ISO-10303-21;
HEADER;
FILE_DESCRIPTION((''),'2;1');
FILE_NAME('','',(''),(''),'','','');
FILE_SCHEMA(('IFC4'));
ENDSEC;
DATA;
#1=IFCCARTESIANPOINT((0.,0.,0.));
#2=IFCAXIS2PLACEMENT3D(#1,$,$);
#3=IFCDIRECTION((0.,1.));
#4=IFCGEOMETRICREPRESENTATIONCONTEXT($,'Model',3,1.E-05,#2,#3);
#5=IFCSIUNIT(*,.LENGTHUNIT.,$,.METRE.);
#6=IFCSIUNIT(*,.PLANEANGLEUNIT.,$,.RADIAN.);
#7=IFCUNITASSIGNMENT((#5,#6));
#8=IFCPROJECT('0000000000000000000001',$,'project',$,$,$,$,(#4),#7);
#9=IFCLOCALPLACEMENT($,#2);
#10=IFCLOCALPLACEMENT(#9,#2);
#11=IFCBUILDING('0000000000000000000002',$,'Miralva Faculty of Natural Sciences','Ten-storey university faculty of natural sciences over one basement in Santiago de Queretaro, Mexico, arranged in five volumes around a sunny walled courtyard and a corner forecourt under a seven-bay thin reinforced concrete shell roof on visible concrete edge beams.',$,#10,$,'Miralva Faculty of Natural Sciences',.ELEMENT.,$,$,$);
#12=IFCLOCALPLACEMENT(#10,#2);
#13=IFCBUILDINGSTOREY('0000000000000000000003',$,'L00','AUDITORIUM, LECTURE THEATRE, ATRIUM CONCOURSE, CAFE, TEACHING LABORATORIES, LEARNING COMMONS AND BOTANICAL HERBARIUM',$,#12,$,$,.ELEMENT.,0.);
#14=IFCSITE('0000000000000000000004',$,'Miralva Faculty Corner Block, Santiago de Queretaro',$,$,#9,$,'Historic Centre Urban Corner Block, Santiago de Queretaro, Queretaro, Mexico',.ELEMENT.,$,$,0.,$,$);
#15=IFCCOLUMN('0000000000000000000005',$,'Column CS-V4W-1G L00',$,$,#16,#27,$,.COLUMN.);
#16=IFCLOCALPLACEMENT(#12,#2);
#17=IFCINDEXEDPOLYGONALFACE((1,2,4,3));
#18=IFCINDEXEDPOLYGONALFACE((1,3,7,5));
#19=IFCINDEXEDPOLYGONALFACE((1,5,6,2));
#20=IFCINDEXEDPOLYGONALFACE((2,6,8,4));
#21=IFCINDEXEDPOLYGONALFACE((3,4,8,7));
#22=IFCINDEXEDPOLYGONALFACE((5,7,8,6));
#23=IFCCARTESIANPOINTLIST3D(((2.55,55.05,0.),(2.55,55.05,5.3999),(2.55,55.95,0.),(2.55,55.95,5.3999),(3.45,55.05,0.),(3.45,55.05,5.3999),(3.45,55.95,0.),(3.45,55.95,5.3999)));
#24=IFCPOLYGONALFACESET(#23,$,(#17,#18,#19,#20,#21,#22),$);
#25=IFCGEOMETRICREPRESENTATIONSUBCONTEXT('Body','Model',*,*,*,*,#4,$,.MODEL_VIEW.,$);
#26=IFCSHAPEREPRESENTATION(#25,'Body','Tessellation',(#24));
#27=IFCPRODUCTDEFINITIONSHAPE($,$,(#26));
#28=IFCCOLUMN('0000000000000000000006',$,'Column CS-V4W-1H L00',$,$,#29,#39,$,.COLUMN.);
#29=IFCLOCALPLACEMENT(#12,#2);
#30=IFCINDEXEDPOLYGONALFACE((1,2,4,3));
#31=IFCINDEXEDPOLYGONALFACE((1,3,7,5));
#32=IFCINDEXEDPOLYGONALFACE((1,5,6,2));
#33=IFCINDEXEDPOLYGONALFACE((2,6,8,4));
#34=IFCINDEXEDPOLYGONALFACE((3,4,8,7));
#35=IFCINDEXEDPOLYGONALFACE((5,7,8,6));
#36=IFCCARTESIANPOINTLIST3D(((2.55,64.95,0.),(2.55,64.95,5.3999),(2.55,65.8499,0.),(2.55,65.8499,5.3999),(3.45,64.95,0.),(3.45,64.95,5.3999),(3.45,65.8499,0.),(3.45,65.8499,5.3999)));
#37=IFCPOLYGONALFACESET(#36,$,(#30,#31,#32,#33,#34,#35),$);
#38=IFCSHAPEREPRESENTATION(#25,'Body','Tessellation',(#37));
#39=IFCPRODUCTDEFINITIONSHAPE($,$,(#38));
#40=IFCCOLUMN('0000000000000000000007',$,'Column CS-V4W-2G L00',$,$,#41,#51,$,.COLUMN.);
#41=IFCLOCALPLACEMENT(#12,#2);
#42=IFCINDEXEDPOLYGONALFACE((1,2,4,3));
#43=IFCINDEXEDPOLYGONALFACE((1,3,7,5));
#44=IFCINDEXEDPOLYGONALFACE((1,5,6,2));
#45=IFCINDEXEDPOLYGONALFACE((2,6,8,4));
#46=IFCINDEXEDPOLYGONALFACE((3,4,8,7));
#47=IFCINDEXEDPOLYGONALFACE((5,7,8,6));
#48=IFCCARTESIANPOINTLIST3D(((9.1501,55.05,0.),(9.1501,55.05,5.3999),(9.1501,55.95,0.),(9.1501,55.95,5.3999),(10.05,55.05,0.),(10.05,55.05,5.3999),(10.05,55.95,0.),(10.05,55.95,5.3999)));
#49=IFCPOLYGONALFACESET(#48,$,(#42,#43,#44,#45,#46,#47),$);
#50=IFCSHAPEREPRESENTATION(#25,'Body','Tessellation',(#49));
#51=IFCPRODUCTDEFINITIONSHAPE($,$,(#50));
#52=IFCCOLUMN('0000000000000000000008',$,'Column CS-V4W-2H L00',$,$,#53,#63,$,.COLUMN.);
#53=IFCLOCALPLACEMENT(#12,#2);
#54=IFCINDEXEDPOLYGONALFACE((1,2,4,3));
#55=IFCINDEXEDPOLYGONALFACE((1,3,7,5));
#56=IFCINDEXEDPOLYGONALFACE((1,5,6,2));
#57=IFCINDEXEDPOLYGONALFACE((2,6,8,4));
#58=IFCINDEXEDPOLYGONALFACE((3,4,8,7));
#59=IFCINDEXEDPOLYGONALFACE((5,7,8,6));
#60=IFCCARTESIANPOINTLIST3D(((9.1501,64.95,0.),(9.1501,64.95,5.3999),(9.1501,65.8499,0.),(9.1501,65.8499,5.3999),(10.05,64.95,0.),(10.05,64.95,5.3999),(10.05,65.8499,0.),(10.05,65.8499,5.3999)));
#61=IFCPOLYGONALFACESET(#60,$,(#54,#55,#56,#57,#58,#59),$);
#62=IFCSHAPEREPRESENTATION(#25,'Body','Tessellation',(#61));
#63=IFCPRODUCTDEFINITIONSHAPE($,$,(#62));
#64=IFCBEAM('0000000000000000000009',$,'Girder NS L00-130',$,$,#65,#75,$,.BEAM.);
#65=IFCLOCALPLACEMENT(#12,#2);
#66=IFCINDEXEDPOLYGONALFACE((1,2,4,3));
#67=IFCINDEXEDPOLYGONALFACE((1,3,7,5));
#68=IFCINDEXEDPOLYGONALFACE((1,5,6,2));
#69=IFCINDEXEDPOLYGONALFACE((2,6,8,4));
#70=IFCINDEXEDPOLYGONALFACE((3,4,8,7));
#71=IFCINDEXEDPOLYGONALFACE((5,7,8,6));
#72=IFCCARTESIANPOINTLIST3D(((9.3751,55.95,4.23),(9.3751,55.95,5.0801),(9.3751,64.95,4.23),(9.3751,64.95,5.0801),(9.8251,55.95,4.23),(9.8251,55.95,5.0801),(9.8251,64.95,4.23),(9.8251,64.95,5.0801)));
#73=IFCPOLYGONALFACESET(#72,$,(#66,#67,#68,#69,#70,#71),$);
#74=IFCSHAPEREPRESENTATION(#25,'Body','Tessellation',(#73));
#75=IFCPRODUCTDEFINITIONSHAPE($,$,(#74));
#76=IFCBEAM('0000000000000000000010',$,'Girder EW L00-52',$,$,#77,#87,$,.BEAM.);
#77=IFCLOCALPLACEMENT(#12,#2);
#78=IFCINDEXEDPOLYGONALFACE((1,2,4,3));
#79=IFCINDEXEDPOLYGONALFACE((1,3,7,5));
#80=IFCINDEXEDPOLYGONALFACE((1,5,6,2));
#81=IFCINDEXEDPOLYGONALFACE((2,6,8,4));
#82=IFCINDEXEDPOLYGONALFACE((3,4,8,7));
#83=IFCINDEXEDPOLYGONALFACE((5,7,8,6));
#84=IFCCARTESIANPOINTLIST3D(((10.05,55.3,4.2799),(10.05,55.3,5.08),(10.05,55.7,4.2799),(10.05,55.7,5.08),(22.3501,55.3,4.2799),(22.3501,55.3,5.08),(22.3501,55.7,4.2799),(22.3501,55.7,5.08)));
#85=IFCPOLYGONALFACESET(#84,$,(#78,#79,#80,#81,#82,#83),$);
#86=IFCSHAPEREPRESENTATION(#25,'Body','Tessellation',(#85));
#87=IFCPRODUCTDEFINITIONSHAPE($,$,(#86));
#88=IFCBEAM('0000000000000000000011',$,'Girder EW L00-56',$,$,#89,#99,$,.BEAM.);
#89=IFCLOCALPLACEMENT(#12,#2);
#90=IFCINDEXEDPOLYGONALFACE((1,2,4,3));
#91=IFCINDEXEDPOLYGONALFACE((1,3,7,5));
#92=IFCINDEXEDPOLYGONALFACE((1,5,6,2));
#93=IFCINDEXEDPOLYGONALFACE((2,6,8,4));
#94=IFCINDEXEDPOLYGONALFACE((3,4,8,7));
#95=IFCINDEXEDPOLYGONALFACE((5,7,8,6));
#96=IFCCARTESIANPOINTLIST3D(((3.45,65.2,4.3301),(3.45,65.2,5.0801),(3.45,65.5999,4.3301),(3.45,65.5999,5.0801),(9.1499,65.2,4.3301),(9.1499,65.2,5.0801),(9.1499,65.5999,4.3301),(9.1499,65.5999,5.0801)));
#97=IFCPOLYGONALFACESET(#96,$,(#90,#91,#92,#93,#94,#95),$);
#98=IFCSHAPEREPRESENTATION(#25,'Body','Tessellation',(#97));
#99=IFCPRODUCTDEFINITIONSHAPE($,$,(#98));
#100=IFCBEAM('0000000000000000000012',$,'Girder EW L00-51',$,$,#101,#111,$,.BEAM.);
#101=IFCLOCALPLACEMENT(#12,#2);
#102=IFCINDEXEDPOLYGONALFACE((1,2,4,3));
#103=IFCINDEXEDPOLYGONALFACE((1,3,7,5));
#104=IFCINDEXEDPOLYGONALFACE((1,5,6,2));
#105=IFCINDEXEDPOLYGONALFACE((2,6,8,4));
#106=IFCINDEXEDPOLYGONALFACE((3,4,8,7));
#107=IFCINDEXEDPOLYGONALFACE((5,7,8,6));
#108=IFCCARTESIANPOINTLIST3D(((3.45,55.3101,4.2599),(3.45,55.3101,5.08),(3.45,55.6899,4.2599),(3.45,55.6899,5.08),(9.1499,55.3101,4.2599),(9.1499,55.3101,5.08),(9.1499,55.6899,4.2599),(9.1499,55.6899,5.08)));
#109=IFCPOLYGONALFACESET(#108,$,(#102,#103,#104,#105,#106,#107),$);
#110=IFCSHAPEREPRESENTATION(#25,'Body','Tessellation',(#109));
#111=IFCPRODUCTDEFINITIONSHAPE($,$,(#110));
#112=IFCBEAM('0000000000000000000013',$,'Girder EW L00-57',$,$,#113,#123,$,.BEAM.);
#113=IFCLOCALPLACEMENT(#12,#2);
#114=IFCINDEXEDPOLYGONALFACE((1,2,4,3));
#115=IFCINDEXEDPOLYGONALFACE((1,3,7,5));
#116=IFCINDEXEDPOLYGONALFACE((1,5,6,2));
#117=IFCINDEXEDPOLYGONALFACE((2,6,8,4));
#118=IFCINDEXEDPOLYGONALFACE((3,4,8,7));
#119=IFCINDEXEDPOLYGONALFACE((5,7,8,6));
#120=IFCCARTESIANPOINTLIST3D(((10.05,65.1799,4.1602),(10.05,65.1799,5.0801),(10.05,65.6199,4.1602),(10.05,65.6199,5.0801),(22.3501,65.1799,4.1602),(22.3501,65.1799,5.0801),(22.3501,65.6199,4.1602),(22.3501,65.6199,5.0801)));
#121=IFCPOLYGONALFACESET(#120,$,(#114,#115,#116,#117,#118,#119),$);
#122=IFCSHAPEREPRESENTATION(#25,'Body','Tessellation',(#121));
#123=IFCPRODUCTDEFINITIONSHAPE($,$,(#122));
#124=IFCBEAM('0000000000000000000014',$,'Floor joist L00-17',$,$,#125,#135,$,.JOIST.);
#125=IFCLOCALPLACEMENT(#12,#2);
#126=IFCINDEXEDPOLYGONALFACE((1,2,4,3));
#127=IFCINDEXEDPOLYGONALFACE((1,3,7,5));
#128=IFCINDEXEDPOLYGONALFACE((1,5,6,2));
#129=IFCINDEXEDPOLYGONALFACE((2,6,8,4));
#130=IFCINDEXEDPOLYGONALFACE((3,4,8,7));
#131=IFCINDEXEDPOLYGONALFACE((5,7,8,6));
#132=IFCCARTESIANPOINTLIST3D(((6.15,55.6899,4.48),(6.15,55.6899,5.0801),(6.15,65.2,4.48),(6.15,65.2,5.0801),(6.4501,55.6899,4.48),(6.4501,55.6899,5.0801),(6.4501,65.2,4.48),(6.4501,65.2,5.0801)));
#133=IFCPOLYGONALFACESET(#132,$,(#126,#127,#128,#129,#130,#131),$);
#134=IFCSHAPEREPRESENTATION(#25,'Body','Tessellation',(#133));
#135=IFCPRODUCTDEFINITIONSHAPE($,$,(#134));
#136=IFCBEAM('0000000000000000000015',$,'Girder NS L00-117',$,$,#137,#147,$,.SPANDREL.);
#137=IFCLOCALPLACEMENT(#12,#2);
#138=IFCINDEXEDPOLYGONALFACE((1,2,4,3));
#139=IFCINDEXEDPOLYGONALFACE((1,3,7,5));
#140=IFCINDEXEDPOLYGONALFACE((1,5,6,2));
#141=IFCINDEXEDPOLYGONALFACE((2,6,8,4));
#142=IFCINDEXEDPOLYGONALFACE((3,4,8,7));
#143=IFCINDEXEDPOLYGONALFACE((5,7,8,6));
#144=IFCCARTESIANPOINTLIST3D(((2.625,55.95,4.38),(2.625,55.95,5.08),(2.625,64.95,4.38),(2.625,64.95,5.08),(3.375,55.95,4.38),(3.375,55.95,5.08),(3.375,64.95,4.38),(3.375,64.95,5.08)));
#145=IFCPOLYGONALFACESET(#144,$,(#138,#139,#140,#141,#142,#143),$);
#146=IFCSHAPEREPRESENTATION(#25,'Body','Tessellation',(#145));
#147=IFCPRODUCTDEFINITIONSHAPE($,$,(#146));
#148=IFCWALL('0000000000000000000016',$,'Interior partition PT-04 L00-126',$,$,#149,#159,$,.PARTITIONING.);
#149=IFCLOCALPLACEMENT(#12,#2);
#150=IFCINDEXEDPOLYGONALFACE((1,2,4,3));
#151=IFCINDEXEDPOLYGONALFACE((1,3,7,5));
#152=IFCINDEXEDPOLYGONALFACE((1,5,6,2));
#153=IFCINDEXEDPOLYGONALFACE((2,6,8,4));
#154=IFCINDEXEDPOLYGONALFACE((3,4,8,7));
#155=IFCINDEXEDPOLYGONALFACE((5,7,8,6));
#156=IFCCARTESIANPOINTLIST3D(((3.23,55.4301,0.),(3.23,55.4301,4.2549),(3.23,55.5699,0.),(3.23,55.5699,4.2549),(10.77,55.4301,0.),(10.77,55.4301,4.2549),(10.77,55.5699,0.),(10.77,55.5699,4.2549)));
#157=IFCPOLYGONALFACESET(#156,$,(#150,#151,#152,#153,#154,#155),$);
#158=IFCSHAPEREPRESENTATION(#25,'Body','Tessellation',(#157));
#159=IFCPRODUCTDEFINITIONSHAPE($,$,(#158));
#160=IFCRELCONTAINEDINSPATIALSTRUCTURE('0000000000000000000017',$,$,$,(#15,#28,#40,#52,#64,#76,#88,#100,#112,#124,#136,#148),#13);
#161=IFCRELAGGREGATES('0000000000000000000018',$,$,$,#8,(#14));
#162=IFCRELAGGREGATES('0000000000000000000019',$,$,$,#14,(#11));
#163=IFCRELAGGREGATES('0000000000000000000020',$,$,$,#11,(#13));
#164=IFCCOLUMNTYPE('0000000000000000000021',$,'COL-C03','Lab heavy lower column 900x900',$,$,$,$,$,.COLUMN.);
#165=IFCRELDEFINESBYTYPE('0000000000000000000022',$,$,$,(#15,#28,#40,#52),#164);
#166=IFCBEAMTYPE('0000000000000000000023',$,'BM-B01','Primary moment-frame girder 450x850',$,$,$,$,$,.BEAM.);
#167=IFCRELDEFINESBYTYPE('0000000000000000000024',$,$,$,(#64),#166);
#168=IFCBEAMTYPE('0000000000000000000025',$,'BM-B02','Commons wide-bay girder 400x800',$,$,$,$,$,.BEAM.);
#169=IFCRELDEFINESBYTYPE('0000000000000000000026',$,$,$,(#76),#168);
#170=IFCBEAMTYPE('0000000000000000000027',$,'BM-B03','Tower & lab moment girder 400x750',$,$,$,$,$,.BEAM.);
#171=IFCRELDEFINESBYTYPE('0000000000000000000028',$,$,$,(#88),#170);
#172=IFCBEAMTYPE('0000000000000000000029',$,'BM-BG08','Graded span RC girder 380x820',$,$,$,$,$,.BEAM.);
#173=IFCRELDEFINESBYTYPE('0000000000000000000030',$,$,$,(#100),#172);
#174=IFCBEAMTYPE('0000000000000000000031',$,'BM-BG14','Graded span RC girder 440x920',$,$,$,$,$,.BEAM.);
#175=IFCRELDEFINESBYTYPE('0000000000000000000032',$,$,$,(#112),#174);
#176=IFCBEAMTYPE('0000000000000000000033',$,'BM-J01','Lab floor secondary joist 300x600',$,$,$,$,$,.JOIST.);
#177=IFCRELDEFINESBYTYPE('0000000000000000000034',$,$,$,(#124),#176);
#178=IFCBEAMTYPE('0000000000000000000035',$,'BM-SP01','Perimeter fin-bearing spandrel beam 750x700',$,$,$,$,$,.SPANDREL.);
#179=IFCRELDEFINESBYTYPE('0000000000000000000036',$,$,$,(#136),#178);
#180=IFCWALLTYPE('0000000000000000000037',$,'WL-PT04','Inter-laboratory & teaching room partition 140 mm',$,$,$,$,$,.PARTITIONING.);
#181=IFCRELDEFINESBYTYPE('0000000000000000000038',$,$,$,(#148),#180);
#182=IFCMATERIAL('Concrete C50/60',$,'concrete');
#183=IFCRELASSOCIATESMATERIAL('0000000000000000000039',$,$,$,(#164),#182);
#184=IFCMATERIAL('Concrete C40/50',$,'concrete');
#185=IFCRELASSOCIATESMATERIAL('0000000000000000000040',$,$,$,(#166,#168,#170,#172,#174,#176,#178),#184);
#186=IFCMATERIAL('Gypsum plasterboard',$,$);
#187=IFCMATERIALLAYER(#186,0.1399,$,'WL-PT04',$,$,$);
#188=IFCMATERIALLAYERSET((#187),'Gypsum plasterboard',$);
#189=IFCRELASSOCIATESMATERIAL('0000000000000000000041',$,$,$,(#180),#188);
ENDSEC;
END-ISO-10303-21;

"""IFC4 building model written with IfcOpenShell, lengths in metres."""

from ifc_helpers import new_model, si_unit, direction, frame, frame_2d, origin, origin_2d, place, context, subcontext, project, spatial, rectangle, extrude, material, layer, layer_set, material_profile, profile_set, type_object, element, save


model = new_model("IFC4")

# Units and contexts
model_context = context("Model", 3, precision=1e-05, world=origin(), true_north=direction((0.0, 1.0)))
body_context = subcontext(model_context, "Body", "Model", "MODEL_VIEW")
ifc_project = project(units=[si_unit("LENGTHUNIT", "METRE"), si_unit("PLANEANGLEUNIT", "RADIAN")], contexts=[model_context])

# Site, building, storey
site_placement = place(None, origin())
site = spatial("IfcSite", under=ifc_project, at=site_placement, Name="Miralva Faculty Corner Block, Santiago de Queretaro", LongName="Historic Centre Urban Corner Block, Santiago de Queretaro, Queretaro, Mexico", CompositionType="ELEMENT", RefElevation=0.0)
building_placement = place(site_placement, origin())
building = spatial("IfcBuilding", under=site, at=building_placement, Name="Miralva Faculty of Natural Sciences", Description="Ten-storey university faculty of natural sciences over one basement in Santiago de Queretaro, Mexico, arranged in five volumes around a sunny walled courtyard and a corner forecourt under a seven-bay thin reinforced concrete shell roof on visible concrete edge beams.", LongName="Miralva Faculty of Natural Sciences", CompositionType="ELEMENT")
storey_placement = place(building_placement, origin())
storey = spatial("IfcBuildingStorey", under=building, at=storey_placement, Name="L00", Description="AUDITORIUM, LECTURE THEATRE, ATRIUM CONCOURSE, CAFE, TEACHING LABORATORIES, LEARNING COMMONS AND BOTANICAL HERBARIUM", CompositionType="ELEMENT", Elevation=0.0)

# Columns
ifc_material_1 = material(Name="Concrete C50/60", Category="concrete")
ifc_material_profile_1 = material_profile(ifc_material_1, rectangle(XDim=0.8999, YDim=0.8999, at=origin_2d()), Name="RC 900x900")
ifc_profile_set_1 = profile_set([ifc_material_profile_1], Name="Concrete C50/60")
column_type = type_object("IfcColumnType", Name="COL-C03", Description="Lab heavy lower column 900x900", PredefinedType="COLUMN", material=ifc_profile_set_1)
for number, where, z_axis, x_axis, name in (
    (1, (3.0, 55.5, 0.0), (0.0, 0.0, 1.0), (1.0, 0.0, 0.0), "Column CS-V4W-1G L00"),
    (2, (3.0, 65.3999, 0.0), (0.0, 0.0, 1.0), (1.0, 0.0, 0.0), "Column CS-V4W-1H L00"),
    (3, (9.6001, 55.5, 0.0), (0.0, 0.0, 1.0), (1.0, 0.0, 0.0), "Column CS-V4W-2G L00"),
    (4, (9.6001, 65.3999, 0.0), (0.0, 0.0, 1.0), (1.0, 0.0, 0.0), "Column CS-V4W-2H L00"),
):
    element("IfcColumn", number, at=place(storey_placement, frame(where, z_axis=z_axis, x_axis=x_axis)), inside=storey, type_object=column_type, Name=name, PredefinedType="COLUMN", context=body_context, shape_type="SweptSolid", body=[
        extrude(rectangle(XDim=0.8999, YDim=0.8999, at=origin_2d()), origin(), (0.0, 0.0, 1.0), 5.3999),
    ])

# Beams
ifc_material_2 = material(Name="Concrete C40/50", Category="concrete")
ifc_material_profile_2 = material_profile(ifc_material_2, rectangle(XDim=0.45, YDim=0.8501, at=origin_2d()), Name="RC 450x850")
ifc_profile_set_2 = profile_set([ifc_material_profile_2], Name="Concrete C40/50")
beam_type_1 = type_object("IfcBeamType", Name="BM-B01", Description="Primary moment-frame girder 450x850", PredefinedType="BEAM", material=ifc_profile_set_2)
beam_1_placement = place(storey_placement, frame((9.6001, 55.95, 4.655), z_axis=(0.0, 1.0, 0.0), x_axis=(-1.0, 0.0, 0.0)))
element("IfcBeam", 5, at=beam_1_placement, inside=storey, type_object=beam_type_1, Name="Girder NS L00-130", PredefinedType="BEAM", context=body_context, shape_type="SweptSolid", body=[
    extrude(rectangle(XDim=0.45, YDim=0.8501, at=origin_2d()), origin(), (0.0, 0.0, 1.0), 9.0),
])
ifc_material_profile_3 = material_profile(ifc_material_2, rectangle(XDim=0.3999, YDim=0.8, at=origin_2d()), Name="RC 400x800")
ifc_profile_set_3 = profile_set([ifc_material_profile_3], Name="Concrete C40/50")
beam_type_2 = type_object("IfcBeamType", Name="BM-B02", Description="Commons wide-bay girder 400x800", PredefinedType="BEAM", material=ifc_profile_set_3)
beam_2_placement = place(storey_placement, frame((10.05, 55.5, 4.6799), z_axis=(1.0, 0.0, 0.0), x_axis=(0.0, 1.0, 0.0)))
element("IfcBeam", 6, at=beam_2_placement, inside=storey, type_object=beam_type_2, Name="Girder EW L00-52", PredefinedType="BEAM", context=body_context, shape_type="SweptSolid", body=[
    extrude(rectangle(XDim=0.3999, YDim=0.8, at=origin_2d()), origin(), (0.0, 0.0, 1.0), 12.3),
])
ifc_material_profile_4 = material_profile(ifc_material_2, rectangle(XDim=0.3999, YDim=0.75, at=origin_2d()), Name="RC 400x750")
ifc_profile_set_4 = profile_set([ifc_material_profile_4], Name="Concrete C40/50")
beam_type_3 = type_object("IfcBeamType", Name="BM-B03", Description="Tower & lab moment girder 400x750", PredefinedType="BEAM", material=ifc_profile_set_4)
beam_3_placement = place(storey_placement, frame((3.45, 65.3999, 4.7051), z_axis=(1.0, 0.0, 0.0), x_axis=(0.0, 1.0, 0.0)))
element("IfcBeam", 7, at=beam_3_placement, inside=storey, type_object=beam_type_3, Name="Girder EW L00-56", PredefinedType="BEAM", context=body_context, shape_type="SweptSolid", body=[
    extrude(rectangle(XDim=0.3999, YDim=0.75, at=origin_2d()), origin(), (0.0, 0.0, 1.0), 5.7),
])
ifc_material_profile_5 = material_profile(ifc_material_2, rectangle(XDim=0.3799, YDim=0.8201, at=origin_2d()), Name="RC 380x820")
ifc_profile_set_5 = profile_set([ifc_material_profile_5], Name="Concrete C40/50")
beam_type_4 = type_object("IfcBeamType", Name="BM-BG08", Description="Graded span RC girder 380x820", PredefinedType="BEAM", material=ifc_profile_set_5)
beam_4_placement = place(storey_placement, frame((3.45, 55.5, 4.6699), z_axis=(1.0, 0.0, 0.0), x_axis=(0.0, 1.0, 0.0)))
element("IfcBeam", 8, at=beam_4_placement, inside=storey, type_object=beam_type_4, Name="Girder EW L00-51", PredefinedType="BEAM", context=body_context, shape_type="SweptSolid", body=[
    extrude(rectangle(XDim=0.3799, YDim=0.8201, at=origin_2d()), origin(), (0.0, 0.0, 1.0), 5.7),
])
ifc_material_profile_6 = material_profile(ifc_material_2, rectangle(XDim=0.4399, YDim=0.9199, at=origin_2d()), Name="RC 440x920")
ifc_profile_set_6 = profile_set([ifc_material_profile_6], Name="Concrete C40/50")
beam_type_5 = type_object("IfcBeamType", Name="BM-BG14", Description="Graded span RC girder 440x920", PredefinedType="BEAM", material=ifc_profile_set_6)
beam_5_placement = place(storey_placement, frame((10.05, 65.3999, 4.6201), z_axis=(1.0, 0.0, 0.0), x_axis=(0.0, 1.0, 0.0)))
element("IfcBeam", 9, at=beam_5_placement, inside=storey, type_object=beam_type_5, Name="Girder EW L00-57", PredefinedType="BEAM", context=body_context, shape_type="SweptSolid", body=[
    extrude(rectangle(XDim=0.4399, YDim=0.9199, at=origin_2d()), origin(), (0.0, 0.0, 1.0), 12.3),
])
ifc_material_profile_7 = material_profile(ifc_material_2, rectangle(XDim=0.3, YDim=0.6001, at=origin_2d()), Name="RC 300x600")
ifc_profile_set_7 = profile_set([ifc_material_profile_7], Name="Concrete C40/50")
beam_type_6 = type_object("IfcBeamType", Name="BM-J01", Description="Lab floor secondary joist 300x600", PredefinedType="JOIST", material=ifc_profile_set_7)
beam_6_placement = place(storey_placement, frame((6.3, 55.6899, 4.78), z_axis=(0.0, 1.0, 0.0), x_axis=(-1.0, 0.0, 0.0)))
element("IfcBeam", 10, at=beam_6_placement, inside=storey, type_object=beam_type_6, Name="Floor joist L00-17", PredefinedType="JOIST", context=body_context, shape_type="SweptSolid", body=[
    extrude(rectangle(XDim=0.3, YDim=0.6001, at=origin_2d()), origin(), (0.0, 0.0, 1.0), 9.51),
])
ifc_material_profile_8 = material_profile(ifc_material_2, rectangle(XDim=0.75, YDim=0.7, at=origin_2d()), Name="RC 750x700")
ifc_profile_set_8 = profile_set([ifc_material_profile_8], Name="Concrete C40/50")
beam_type_7 = type_object("IfcBeamType", Name="BM-SP01", Description="Perimeter fin-bearing spandrel beam 750x700", PredefinedType="SPANDREL", material=ifc_profile_set_8)
beam_7_placement = place(storey_placement, frame((3.0, 55.95, 4.73), z_axis=(0.0, 1.0, 0.0), x_axis=(-1.0, 0.0, 0.0)))
element("IfcBeam", 11, at=beam_7_placement, inside=storey, type_object=beam_type_7, Name="Girder NS L00-117", PredefinedType="SPANDREL", context=body_context, shape_type="SweptSolid", body=[
    extrude(rectangle(XDim=0.75, YDim=0.7, at=origin_2d()), origin(), (0.0, 0.0, 1.0), 9.0),
])

# Wall
ifc_material_3 = material(Name="Gypsum plasterboard")
ifc_layer_1 = layer(ifc_material_3, 0.1399, Name="WL-PT04")
ifc_layer_set_1 = layer_set([ifc_layer_1], Name="Gypsum plasterboard")
wall_type_1 = type_object("IfcWallType", Name="WL-PT04", Description="Inter-laboratory & teaching room partition 140 mm", PredefinedType="PARTITIONING", material=ifc_layer_set_1)
wall_1_placement = place(storey_placement, frame((3.23, 55.5, 0.0), z_axis=(0.0, 0.0, 1.0), x_axis=(1.0, 0.0, 0.0)))
element("IfcWall", 12, at=wall_1_placement, inside=storey, type_object=wall_type_1, Name="Interior partition PT-04 L00-126", PredefinedType="PARTITIONING", context=body_context, shape_type="SweptSolid", body=[
    extrude(rectangle(XDim=7.54, YDim=0.1399, at=frame_2d((3.77, 0.0))), origin(), (0.0, 0.0, 1.0), 4.2549),
])

save(model, "model.ifc")
